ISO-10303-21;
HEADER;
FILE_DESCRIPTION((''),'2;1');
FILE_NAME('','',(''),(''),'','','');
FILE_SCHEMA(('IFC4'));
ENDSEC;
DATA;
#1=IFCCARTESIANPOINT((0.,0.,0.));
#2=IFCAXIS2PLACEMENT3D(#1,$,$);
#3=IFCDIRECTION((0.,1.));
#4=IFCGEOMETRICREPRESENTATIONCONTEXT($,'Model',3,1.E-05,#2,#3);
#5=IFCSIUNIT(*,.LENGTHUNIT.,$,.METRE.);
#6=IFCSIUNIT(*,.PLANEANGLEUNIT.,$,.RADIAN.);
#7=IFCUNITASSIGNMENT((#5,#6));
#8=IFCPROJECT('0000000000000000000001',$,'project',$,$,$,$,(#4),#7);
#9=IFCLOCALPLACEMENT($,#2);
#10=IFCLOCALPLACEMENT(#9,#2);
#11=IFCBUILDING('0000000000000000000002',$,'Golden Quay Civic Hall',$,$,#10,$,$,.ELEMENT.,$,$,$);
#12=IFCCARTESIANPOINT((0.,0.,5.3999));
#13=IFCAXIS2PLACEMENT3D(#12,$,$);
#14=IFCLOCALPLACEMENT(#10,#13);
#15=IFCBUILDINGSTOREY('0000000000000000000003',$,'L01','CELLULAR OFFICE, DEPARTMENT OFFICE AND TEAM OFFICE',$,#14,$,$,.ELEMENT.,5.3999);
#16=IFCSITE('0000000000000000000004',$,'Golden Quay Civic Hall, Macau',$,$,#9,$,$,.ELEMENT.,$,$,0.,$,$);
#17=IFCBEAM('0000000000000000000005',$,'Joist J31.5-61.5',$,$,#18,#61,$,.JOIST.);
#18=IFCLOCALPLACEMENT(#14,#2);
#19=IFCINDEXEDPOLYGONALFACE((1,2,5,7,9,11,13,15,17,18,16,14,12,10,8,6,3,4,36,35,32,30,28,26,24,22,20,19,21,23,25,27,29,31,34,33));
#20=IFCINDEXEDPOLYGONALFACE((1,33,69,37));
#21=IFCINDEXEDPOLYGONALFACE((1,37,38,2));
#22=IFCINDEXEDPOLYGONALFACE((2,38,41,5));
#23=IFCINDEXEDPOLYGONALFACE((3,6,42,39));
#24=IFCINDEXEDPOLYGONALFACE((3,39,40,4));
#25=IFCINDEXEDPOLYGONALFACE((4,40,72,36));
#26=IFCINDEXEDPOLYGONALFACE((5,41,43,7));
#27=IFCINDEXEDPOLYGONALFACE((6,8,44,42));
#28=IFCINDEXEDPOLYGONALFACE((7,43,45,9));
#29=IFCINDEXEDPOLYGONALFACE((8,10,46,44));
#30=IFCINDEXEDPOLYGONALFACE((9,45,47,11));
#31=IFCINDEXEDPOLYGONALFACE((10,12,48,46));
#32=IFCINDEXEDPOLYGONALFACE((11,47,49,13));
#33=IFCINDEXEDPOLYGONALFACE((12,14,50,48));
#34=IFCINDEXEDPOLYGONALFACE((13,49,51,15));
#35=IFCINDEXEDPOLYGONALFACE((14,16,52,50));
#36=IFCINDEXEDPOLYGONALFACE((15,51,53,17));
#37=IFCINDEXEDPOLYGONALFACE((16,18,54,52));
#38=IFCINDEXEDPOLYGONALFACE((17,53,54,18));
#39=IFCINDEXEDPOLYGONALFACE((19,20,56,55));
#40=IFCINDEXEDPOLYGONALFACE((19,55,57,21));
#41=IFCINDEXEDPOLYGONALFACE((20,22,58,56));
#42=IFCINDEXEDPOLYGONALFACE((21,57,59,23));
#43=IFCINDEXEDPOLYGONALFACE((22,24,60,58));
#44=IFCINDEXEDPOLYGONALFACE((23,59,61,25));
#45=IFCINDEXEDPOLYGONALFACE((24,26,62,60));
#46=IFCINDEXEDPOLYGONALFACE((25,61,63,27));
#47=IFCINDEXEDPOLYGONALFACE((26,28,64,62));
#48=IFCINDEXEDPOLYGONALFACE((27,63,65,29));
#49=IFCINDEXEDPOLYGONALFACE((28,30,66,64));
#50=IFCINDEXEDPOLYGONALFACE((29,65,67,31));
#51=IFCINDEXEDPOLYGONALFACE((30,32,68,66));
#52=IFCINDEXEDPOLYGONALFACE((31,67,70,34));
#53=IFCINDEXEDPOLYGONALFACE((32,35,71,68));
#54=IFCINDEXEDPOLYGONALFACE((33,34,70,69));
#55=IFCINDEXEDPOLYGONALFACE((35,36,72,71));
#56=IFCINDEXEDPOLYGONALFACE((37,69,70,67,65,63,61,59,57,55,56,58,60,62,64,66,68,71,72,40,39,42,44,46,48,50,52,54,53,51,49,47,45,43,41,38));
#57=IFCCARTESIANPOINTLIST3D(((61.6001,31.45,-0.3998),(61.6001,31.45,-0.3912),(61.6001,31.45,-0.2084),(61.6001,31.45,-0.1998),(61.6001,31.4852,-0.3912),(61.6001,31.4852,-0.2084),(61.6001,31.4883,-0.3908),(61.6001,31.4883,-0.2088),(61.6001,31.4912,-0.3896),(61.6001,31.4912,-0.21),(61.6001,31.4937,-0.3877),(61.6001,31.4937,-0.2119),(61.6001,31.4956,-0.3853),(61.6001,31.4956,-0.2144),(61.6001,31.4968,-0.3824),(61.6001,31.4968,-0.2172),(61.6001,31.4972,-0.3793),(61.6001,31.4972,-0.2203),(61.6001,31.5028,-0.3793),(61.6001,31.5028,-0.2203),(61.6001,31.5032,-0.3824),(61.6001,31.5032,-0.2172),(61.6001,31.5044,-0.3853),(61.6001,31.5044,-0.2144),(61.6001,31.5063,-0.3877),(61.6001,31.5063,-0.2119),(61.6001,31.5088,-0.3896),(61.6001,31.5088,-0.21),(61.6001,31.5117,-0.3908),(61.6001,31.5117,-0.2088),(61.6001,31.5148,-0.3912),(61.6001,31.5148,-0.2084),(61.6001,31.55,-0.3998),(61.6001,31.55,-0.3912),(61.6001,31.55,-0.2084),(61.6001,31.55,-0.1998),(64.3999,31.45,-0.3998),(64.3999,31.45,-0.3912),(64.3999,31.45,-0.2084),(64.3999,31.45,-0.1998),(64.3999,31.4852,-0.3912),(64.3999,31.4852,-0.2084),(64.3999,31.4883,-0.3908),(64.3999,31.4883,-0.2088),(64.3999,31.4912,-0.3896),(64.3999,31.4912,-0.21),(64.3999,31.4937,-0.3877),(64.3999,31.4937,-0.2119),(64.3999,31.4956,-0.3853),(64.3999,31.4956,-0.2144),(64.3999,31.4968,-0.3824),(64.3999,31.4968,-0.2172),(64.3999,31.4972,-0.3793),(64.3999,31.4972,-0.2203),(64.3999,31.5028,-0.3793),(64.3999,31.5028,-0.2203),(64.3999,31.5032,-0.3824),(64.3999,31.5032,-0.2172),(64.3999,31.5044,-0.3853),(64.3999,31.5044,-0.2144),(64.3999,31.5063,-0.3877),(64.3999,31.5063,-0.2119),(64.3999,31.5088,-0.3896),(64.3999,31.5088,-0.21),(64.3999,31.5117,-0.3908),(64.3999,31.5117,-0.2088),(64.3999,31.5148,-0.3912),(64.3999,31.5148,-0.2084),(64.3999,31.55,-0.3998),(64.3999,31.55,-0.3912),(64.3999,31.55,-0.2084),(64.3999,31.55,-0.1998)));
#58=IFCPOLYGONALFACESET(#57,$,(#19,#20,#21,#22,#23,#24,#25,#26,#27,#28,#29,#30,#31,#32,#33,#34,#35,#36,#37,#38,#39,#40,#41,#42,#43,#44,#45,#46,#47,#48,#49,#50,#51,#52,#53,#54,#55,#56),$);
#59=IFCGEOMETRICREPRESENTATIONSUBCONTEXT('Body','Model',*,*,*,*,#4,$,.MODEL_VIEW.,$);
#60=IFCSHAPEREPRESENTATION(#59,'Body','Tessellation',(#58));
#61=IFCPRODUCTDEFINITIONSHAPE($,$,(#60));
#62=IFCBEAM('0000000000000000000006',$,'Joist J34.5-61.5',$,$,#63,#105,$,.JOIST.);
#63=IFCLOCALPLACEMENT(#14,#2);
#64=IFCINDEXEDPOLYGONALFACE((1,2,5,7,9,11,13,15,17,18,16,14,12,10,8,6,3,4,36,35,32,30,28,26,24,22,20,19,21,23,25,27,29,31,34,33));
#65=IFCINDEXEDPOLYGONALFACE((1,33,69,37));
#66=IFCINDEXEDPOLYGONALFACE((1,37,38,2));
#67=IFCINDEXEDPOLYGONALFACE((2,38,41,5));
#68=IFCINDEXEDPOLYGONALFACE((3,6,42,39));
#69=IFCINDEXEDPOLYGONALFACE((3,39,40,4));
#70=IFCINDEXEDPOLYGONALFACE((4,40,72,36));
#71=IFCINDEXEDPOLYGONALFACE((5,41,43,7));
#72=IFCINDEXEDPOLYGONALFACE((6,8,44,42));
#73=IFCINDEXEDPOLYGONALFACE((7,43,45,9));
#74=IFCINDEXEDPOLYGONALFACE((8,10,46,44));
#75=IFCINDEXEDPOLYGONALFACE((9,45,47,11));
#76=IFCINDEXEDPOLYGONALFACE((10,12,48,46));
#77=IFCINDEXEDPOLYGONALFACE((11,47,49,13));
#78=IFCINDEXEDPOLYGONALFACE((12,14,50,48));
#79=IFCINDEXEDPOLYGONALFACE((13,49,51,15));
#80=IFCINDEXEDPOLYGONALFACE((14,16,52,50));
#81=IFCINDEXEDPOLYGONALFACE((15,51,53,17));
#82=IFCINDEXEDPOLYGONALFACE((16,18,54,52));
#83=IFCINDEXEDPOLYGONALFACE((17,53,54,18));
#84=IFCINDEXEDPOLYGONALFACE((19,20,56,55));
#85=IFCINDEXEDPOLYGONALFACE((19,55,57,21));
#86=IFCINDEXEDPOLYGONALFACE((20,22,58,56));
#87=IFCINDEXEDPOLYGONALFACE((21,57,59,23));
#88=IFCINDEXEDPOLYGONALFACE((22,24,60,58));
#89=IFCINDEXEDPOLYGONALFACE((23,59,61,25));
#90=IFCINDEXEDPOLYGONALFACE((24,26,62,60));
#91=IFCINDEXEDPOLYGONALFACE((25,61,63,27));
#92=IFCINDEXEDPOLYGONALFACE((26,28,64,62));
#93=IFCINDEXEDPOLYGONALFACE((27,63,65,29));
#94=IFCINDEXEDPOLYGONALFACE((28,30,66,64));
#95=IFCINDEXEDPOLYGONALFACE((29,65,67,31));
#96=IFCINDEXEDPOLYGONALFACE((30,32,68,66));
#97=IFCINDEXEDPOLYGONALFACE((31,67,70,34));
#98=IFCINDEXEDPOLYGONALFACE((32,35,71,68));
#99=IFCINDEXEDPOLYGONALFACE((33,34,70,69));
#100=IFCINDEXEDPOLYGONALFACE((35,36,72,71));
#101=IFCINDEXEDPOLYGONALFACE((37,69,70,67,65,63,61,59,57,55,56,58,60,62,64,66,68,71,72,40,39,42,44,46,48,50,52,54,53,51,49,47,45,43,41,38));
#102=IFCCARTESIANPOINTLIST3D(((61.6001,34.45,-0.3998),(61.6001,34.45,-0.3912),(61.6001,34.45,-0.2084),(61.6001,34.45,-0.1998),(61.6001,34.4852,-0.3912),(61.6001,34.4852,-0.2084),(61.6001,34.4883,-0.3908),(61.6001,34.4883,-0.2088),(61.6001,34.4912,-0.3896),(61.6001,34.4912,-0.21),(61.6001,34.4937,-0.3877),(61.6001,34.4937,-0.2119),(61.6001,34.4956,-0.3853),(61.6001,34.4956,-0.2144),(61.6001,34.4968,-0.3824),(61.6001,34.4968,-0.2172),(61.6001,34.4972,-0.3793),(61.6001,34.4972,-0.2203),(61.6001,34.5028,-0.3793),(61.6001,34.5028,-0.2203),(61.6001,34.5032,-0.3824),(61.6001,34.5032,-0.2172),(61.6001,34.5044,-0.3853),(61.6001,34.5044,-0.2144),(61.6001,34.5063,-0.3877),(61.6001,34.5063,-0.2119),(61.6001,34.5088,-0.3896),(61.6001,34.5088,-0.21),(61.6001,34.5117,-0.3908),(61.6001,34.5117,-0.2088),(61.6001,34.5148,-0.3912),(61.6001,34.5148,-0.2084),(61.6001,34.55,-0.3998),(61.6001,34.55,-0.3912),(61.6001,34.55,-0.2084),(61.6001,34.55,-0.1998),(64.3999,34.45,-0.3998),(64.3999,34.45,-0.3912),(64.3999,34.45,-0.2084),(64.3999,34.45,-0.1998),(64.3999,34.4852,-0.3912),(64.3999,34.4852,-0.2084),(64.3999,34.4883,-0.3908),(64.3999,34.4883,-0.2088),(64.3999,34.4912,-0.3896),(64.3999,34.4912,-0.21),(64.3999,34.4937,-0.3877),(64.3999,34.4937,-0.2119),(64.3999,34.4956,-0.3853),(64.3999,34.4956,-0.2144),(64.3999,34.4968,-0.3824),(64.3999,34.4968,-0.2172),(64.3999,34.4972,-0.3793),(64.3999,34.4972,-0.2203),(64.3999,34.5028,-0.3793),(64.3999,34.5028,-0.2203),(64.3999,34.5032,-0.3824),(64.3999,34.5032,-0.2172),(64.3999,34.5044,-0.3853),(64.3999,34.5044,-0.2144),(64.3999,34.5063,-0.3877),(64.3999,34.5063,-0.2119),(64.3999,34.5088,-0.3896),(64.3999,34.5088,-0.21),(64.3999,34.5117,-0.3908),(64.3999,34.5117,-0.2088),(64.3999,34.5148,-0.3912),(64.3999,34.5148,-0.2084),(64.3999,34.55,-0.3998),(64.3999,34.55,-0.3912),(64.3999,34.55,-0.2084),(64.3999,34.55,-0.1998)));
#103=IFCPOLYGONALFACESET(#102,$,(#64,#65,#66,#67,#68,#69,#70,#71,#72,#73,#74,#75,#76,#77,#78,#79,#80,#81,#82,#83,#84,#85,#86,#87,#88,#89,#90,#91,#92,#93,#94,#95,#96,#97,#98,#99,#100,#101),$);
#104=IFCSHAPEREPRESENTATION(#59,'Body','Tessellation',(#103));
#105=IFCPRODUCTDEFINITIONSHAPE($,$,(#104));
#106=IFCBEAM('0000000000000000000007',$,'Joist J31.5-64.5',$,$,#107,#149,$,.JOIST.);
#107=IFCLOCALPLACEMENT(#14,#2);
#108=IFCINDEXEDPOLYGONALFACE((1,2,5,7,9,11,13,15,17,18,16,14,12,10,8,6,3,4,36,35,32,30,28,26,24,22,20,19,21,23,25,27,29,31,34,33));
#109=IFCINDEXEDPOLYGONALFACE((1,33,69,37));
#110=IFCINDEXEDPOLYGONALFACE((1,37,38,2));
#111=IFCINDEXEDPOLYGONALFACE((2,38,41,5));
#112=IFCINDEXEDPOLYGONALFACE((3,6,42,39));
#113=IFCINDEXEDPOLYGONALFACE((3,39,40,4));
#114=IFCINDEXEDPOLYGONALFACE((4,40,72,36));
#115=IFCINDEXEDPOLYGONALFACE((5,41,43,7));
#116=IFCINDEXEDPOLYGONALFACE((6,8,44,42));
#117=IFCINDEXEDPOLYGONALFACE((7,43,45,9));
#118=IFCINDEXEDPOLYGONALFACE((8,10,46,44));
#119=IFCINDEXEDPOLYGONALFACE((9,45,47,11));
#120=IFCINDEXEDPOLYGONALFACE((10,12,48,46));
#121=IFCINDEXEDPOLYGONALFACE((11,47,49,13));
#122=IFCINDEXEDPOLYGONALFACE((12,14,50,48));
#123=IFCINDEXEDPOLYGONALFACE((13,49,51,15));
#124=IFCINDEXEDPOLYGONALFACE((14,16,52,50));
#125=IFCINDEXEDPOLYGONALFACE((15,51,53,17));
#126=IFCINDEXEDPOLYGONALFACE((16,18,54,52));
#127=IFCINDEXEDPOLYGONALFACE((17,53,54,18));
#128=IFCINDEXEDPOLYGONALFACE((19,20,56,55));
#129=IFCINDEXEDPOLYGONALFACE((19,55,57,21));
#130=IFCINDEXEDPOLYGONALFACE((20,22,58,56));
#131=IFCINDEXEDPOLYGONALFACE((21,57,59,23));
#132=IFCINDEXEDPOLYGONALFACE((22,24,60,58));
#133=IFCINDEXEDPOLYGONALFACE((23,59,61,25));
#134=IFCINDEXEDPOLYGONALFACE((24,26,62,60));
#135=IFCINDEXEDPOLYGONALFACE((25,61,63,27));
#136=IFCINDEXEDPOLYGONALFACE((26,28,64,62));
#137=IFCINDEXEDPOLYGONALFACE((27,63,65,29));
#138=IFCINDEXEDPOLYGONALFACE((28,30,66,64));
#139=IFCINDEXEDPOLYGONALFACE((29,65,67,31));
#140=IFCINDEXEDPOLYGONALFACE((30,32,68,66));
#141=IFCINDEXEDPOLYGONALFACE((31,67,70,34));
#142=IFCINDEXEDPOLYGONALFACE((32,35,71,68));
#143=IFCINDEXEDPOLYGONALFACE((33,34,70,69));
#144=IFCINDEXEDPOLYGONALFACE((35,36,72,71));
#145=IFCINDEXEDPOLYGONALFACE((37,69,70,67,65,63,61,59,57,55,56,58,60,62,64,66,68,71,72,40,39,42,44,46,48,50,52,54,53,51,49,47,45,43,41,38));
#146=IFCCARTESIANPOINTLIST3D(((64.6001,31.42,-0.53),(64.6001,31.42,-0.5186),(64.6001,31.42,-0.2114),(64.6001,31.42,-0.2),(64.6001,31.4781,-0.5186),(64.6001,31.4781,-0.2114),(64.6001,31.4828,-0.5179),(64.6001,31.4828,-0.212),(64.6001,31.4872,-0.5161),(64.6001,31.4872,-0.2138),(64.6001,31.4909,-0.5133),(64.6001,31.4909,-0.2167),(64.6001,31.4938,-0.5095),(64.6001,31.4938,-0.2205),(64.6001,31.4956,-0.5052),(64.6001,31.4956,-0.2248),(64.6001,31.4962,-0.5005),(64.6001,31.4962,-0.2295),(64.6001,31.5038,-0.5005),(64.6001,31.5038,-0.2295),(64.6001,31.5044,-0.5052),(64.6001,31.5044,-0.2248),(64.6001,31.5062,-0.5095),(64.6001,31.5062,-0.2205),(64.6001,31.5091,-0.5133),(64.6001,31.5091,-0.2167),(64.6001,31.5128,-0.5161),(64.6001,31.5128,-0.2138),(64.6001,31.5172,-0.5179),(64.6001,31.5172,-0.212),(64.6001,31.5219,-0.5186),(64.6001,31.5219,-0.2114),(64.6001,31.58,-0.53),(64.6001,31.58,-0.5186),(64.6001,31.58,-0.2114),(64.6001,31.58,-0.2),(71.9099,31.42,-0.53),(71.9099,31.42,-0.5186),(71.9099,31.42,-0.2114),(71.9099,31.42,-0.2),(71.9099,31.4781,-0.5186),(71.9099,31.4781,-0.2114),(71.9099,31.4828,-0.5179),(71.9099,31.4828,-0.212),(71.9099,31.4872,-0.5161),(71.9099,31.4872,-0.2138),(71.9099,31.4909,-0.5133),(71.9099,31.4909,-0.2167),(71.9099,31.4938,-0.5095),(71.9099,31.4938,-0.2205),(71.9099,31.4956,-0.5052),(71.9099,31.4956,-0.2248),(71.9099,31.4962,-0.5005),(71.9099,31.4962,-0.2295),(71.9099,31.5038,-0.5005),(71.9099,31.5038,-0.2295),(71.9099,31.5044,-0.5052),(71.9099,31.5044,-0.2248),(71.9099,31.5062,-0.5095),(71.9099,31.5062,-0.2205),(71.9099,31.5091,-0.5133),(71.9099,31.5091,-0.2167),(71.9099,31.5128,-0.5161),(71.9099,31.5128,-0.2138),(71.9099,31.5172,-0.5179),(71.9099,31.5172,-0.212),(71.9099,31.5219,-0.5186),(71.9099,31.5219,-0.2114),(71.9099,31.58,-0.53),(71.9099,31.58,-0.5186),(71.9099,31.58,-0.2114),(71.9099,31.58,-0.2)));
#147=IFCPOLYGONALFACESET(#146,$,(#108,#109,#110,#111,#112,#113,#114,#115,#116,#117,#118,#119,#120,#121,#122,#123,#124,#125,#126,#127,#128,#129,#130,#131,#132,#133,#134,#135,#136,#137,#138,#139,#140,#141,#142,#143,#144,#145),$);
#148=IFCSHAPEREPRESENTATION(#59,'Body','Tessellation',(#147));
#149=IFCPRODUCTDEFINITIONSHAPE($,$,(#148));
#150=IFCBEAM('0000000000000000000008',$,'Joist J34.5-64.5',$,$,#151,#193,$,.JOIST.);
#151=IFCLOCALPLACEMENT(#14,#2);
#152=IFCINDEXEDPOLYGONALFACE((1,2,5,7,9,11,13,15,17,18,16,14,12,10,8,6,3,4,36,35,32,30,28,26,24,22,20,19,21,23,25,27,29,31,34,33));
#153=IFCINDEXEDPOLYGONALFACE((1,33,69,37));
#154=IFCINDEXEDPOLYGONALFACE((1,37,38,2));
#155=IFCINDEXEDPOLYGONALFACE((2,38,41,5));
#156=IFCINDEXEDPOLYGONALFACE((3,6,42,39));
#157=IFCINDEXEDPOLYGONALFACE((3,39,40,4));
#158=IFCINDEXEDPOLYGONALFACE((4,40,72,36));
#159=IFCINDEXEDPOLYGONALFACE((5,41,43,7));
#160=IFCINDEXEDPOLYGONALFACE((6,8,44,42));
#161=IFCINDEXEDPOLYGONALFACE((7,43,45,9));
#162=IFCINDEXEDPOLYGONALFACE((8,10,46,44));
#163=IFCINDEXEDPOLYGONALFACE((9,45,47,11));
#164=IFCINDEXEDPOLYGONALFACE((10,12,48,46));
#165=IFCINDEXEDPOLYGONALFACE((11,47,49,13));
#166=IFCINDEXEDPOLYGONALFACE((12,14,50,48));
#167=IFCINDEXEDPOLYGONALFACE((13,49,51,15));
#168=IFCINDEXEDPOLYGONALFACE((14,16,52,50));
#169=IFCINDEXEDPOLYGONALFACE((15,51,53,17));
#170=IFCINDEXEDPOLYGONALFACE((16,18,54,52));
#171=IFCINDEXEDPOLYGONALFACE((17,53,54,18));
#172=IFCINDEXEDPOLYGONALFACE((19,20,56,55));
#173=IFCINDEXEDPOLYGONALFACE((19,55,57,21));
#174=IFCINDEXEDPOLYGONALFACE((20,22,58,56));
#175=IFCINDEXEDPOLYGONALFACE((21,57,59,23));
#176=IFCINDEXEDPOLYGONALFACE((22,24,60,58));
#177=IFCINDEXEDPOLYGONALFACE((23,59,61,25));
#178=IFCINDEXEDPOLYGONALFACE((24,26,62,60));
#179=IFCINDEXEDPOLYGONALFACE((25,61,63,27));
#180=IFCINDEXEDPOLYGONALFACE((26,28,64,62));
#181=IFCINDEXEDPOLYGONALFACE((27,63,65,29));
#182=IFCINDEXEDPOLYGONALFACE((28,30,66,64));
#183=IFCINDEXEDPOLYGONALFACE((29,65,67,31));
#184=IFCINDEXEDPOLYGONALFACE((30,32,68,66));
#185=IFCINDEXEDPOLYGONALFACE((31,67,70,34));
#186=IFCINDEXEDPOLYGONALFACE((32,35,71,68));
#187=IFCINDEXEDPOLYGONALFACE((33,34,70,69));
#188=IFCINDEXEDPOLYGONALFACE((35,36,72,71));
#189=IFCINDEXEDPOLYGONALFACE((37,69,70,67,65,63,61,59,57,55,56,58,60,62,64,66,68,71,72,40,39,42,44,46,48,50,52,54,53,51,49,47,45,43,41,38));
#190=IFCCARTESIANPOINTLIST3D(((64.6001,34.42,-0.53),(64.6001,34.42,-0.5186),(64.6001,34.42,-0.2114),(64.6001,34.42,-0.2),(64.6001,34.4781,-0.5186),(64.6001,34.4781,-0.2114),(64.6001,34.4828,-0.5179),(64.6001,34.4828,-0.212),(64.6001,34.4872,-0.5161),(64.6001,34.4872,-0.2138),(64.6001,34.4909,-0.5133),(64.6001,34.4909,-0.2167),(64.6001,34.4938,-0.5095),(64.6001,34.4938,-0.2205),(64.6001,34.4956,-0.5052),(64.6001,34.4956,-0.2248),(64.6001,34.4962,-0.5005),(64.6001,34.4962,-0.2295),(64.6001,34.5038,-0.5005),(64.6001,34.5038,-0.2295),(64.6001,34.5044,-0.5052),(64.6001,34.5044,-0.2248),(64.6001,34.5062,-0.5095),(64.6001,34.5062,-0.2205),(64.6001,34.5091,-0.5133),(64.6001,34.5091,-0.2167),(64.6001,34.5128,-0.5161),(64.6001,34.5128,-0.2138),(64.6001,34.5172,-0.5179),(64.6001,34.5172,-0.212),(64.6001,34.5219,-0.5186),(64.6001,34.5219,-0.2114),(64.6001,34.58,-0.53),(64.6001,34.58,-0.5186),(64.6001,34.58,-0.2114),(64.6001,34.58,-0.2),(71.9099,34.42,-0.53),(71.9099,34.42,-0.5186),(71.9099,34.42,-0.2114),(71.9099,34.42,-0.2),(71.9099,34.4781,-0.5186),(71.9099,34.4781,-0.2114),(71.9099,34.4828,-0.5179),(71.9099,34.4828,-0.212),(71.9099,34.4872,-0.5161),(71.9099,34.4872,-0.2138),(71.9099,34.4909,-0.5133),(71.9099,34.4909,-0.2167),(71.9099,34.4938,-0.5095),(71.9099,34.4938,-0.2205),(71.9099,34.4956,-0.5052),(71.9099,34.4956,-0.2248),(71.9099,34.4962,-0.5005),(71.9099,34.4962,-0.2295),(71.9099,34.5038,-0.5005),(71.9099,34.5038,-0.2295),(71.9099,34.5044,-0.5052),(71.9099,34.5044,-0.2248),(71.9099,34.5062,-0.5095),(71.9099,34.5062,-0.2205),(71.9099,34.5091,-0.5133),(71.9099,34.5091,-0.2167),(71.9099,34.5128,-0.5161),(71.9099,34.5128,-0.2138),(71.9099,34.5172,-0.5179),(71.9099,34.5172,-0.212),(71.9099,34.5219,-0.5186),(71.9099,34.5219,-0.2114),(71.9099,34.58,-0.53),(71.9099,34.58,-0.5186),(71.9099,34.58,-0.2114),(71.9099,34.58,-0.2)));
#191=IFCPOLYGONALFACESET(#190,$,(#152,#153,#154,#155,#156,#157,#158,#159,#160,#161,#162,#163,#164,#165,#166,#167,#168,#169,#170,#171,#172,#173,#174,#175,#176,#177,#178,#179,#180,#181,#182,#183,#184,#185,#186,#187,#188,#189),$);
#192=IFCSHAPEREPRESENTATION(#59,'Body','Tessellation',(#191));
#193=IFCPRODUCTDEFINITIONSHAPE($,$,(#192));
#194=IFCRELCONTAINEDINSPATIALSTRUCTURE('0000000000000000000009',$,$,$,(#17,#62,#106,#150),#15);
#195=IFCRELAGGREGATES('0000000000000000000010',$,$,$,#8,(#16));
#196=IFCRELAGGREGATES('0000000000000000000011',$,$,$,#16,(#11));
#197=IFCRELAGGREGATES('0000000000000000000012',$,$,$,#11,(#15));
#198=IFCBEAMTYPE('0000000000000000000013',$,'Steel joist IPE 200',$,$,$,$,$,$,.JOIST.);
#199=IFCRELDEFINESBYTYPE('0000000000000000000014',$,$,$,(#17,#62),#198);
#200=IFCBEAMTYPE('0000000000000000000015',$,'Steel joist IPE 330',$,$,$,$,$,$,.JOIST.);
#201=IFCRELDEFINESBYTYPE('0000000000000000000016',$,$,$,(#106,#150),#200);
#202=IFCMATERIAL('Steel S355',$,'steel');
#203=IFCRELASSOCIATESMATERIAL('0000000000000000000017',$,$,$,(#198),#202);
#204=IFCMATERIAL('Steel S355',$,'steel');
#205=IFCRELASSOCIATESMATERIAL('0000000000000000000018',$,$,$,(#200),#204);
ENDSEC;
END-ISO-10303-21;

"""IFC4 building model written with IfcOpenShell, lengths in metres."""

from ifc_helpers import new_model, si_unit, direction, frame, origin, origin_2d, place, context, subcontext, project, spatial, i_section, extrude, material, material_profile, profile_set, type_object, element, save


model = new_model("IFC4")

# Units and contexts
model_context = context("Model", 3, precision=1e-05, world=origin(), true_north=direction((0.0, 1.0)))
body_context = subcontext(model_context, "Body", "Model", "MODEL_VIEW")
ifc_project = project(units=[si_unit("LENGTHUNIT", "METRE"), si_unit("PLANEANGLEUNIT", "RADIAN")], contexts=[model_context])

# Site, building, storey
site_placement = place(None, origin())
site = spatial("IfcSite", under=ifc_project, at=site_placement, Name="Golden Quay Civic Hall, Macau", CompositionType="ELEMENT", RefElevation=0.0)
building_placement = place(site_placement, origin())
building = spatial("IfcBuilding", under=site, at=building_placement, Name="Golden Quay Civic Hall", CompositionType="ELEMENT")
storey_placement = place(building_placement, frame((0.0, 0.0, 5.3999)))
storey = spatial("IfcBuildingStorey", under=building, at=storey_placement, Name="L01", Description="CELLULAR OFFICE, DEPARTMENT OFFICE AND TEAM OFFICE", CompositionType="ELEMENT", Elevation=5.3999)

# Beams
ifc_material_1 = material(Name="Steel S355", Category="steel")
ifc_material_profile_1 = material_profile(ifc_material_1, i_section(OverallWidth=0.1001, OverallDepth=0.2, WebThickness=0.0056, FlangeThickness=0.0085, FilletRadius=0.012, at=origin_2d()), Name="IPE 200")
ifc_profile_set_1 = profile_set([ifc_material_profile_1], Name="Steel S355")
beam_type_1 = type_object("IfcBeamType", Name="Steel joist IPE 200", PredefinedType="JOIST", material=ifc_profile_set_1)
for number, where, z_axis, x_axis, name in (
    (1, (61.6001, 31.5, -0.2998), (1.0, 0.0, 0.0), (0.0, 1.0, 0.0), "Joist J31.5-61.5"),
    (2, (61.6001, 34.5, -0.2998), (1.0, 0.0, 0.0), (0.0, 1.0, 0.0), "Joist J34.5-61.5"),
):
    element("IfcBeam", number, at=place(storey_placement, frame(where, z_axis=z_axis, x_axis=x_axis)), inside=storey, type_object=beam_type_1, Name=name, PredefinedType="JOIST", context=body_context, shape_type="SweptSolid", body=[
        extrude(i_section(OverallWidth=0.1001, OverallDepth=0.2, WebThickness=0.0056, FlangeThickness=0.0085, FilletRadius=0.012, at=origin_2d()), origin(), (0.0, 0.0, 1.0), 2.7998),
    ])
ifc_material_2 = material(Name="Steel S355", Category="steel")
ifc_material_profile_2 = material_profile(ifc_material_2, i_section(OverallWidth=0.1599, OverallDepth=0.3301, WebThickness=0.0076, FlangeThickness=0.0115, FilletRadius=0.0181, at=origin_2d()), Name="IPE 330")
ifc_profile_set_2 = profile_set([ifc_material_profile_2], Name="Steel S355")
beam_type_2 = type_object("IfcBeamType", Name="Steel joist IPE 330", PredefinedType="JOIST", material=ifc_profile_set_2)
for number, where, z_axis, x_axis, name in (
    (3, (64.6001, 31.5, -0.365), (1.0, 0.0, 0.0), (0.0, 1.0, 0.0), "Joist J31.5-64.5"),
    (4, (64.6001, 34.5, -0.365), (1.0, 0.0, 0.0), (0.0, 1.0, 0.0), "Joist J34.5-64.5"),
):
    element("IfcBeam", number, at=place(storey_placement, frame(where, z_axis=z_axis, x_axis=x_axis)), inside=storey, type_object=beam_type_2, Name=name, PredefinedType="JOIST", context=body_context, shape_type="SweptSolid", body=[
        extrude(i_section(OverallWidth=0.1599, OverallDepth=0.3301, WebThickness=0.0076, FlangeThickness=0.0115, FilletRadius=0.0181, at=origin_2d()), origin(), (0.0, 0.0, 1.0), 7.3098),
    ])

save(model, "model.ifc")
